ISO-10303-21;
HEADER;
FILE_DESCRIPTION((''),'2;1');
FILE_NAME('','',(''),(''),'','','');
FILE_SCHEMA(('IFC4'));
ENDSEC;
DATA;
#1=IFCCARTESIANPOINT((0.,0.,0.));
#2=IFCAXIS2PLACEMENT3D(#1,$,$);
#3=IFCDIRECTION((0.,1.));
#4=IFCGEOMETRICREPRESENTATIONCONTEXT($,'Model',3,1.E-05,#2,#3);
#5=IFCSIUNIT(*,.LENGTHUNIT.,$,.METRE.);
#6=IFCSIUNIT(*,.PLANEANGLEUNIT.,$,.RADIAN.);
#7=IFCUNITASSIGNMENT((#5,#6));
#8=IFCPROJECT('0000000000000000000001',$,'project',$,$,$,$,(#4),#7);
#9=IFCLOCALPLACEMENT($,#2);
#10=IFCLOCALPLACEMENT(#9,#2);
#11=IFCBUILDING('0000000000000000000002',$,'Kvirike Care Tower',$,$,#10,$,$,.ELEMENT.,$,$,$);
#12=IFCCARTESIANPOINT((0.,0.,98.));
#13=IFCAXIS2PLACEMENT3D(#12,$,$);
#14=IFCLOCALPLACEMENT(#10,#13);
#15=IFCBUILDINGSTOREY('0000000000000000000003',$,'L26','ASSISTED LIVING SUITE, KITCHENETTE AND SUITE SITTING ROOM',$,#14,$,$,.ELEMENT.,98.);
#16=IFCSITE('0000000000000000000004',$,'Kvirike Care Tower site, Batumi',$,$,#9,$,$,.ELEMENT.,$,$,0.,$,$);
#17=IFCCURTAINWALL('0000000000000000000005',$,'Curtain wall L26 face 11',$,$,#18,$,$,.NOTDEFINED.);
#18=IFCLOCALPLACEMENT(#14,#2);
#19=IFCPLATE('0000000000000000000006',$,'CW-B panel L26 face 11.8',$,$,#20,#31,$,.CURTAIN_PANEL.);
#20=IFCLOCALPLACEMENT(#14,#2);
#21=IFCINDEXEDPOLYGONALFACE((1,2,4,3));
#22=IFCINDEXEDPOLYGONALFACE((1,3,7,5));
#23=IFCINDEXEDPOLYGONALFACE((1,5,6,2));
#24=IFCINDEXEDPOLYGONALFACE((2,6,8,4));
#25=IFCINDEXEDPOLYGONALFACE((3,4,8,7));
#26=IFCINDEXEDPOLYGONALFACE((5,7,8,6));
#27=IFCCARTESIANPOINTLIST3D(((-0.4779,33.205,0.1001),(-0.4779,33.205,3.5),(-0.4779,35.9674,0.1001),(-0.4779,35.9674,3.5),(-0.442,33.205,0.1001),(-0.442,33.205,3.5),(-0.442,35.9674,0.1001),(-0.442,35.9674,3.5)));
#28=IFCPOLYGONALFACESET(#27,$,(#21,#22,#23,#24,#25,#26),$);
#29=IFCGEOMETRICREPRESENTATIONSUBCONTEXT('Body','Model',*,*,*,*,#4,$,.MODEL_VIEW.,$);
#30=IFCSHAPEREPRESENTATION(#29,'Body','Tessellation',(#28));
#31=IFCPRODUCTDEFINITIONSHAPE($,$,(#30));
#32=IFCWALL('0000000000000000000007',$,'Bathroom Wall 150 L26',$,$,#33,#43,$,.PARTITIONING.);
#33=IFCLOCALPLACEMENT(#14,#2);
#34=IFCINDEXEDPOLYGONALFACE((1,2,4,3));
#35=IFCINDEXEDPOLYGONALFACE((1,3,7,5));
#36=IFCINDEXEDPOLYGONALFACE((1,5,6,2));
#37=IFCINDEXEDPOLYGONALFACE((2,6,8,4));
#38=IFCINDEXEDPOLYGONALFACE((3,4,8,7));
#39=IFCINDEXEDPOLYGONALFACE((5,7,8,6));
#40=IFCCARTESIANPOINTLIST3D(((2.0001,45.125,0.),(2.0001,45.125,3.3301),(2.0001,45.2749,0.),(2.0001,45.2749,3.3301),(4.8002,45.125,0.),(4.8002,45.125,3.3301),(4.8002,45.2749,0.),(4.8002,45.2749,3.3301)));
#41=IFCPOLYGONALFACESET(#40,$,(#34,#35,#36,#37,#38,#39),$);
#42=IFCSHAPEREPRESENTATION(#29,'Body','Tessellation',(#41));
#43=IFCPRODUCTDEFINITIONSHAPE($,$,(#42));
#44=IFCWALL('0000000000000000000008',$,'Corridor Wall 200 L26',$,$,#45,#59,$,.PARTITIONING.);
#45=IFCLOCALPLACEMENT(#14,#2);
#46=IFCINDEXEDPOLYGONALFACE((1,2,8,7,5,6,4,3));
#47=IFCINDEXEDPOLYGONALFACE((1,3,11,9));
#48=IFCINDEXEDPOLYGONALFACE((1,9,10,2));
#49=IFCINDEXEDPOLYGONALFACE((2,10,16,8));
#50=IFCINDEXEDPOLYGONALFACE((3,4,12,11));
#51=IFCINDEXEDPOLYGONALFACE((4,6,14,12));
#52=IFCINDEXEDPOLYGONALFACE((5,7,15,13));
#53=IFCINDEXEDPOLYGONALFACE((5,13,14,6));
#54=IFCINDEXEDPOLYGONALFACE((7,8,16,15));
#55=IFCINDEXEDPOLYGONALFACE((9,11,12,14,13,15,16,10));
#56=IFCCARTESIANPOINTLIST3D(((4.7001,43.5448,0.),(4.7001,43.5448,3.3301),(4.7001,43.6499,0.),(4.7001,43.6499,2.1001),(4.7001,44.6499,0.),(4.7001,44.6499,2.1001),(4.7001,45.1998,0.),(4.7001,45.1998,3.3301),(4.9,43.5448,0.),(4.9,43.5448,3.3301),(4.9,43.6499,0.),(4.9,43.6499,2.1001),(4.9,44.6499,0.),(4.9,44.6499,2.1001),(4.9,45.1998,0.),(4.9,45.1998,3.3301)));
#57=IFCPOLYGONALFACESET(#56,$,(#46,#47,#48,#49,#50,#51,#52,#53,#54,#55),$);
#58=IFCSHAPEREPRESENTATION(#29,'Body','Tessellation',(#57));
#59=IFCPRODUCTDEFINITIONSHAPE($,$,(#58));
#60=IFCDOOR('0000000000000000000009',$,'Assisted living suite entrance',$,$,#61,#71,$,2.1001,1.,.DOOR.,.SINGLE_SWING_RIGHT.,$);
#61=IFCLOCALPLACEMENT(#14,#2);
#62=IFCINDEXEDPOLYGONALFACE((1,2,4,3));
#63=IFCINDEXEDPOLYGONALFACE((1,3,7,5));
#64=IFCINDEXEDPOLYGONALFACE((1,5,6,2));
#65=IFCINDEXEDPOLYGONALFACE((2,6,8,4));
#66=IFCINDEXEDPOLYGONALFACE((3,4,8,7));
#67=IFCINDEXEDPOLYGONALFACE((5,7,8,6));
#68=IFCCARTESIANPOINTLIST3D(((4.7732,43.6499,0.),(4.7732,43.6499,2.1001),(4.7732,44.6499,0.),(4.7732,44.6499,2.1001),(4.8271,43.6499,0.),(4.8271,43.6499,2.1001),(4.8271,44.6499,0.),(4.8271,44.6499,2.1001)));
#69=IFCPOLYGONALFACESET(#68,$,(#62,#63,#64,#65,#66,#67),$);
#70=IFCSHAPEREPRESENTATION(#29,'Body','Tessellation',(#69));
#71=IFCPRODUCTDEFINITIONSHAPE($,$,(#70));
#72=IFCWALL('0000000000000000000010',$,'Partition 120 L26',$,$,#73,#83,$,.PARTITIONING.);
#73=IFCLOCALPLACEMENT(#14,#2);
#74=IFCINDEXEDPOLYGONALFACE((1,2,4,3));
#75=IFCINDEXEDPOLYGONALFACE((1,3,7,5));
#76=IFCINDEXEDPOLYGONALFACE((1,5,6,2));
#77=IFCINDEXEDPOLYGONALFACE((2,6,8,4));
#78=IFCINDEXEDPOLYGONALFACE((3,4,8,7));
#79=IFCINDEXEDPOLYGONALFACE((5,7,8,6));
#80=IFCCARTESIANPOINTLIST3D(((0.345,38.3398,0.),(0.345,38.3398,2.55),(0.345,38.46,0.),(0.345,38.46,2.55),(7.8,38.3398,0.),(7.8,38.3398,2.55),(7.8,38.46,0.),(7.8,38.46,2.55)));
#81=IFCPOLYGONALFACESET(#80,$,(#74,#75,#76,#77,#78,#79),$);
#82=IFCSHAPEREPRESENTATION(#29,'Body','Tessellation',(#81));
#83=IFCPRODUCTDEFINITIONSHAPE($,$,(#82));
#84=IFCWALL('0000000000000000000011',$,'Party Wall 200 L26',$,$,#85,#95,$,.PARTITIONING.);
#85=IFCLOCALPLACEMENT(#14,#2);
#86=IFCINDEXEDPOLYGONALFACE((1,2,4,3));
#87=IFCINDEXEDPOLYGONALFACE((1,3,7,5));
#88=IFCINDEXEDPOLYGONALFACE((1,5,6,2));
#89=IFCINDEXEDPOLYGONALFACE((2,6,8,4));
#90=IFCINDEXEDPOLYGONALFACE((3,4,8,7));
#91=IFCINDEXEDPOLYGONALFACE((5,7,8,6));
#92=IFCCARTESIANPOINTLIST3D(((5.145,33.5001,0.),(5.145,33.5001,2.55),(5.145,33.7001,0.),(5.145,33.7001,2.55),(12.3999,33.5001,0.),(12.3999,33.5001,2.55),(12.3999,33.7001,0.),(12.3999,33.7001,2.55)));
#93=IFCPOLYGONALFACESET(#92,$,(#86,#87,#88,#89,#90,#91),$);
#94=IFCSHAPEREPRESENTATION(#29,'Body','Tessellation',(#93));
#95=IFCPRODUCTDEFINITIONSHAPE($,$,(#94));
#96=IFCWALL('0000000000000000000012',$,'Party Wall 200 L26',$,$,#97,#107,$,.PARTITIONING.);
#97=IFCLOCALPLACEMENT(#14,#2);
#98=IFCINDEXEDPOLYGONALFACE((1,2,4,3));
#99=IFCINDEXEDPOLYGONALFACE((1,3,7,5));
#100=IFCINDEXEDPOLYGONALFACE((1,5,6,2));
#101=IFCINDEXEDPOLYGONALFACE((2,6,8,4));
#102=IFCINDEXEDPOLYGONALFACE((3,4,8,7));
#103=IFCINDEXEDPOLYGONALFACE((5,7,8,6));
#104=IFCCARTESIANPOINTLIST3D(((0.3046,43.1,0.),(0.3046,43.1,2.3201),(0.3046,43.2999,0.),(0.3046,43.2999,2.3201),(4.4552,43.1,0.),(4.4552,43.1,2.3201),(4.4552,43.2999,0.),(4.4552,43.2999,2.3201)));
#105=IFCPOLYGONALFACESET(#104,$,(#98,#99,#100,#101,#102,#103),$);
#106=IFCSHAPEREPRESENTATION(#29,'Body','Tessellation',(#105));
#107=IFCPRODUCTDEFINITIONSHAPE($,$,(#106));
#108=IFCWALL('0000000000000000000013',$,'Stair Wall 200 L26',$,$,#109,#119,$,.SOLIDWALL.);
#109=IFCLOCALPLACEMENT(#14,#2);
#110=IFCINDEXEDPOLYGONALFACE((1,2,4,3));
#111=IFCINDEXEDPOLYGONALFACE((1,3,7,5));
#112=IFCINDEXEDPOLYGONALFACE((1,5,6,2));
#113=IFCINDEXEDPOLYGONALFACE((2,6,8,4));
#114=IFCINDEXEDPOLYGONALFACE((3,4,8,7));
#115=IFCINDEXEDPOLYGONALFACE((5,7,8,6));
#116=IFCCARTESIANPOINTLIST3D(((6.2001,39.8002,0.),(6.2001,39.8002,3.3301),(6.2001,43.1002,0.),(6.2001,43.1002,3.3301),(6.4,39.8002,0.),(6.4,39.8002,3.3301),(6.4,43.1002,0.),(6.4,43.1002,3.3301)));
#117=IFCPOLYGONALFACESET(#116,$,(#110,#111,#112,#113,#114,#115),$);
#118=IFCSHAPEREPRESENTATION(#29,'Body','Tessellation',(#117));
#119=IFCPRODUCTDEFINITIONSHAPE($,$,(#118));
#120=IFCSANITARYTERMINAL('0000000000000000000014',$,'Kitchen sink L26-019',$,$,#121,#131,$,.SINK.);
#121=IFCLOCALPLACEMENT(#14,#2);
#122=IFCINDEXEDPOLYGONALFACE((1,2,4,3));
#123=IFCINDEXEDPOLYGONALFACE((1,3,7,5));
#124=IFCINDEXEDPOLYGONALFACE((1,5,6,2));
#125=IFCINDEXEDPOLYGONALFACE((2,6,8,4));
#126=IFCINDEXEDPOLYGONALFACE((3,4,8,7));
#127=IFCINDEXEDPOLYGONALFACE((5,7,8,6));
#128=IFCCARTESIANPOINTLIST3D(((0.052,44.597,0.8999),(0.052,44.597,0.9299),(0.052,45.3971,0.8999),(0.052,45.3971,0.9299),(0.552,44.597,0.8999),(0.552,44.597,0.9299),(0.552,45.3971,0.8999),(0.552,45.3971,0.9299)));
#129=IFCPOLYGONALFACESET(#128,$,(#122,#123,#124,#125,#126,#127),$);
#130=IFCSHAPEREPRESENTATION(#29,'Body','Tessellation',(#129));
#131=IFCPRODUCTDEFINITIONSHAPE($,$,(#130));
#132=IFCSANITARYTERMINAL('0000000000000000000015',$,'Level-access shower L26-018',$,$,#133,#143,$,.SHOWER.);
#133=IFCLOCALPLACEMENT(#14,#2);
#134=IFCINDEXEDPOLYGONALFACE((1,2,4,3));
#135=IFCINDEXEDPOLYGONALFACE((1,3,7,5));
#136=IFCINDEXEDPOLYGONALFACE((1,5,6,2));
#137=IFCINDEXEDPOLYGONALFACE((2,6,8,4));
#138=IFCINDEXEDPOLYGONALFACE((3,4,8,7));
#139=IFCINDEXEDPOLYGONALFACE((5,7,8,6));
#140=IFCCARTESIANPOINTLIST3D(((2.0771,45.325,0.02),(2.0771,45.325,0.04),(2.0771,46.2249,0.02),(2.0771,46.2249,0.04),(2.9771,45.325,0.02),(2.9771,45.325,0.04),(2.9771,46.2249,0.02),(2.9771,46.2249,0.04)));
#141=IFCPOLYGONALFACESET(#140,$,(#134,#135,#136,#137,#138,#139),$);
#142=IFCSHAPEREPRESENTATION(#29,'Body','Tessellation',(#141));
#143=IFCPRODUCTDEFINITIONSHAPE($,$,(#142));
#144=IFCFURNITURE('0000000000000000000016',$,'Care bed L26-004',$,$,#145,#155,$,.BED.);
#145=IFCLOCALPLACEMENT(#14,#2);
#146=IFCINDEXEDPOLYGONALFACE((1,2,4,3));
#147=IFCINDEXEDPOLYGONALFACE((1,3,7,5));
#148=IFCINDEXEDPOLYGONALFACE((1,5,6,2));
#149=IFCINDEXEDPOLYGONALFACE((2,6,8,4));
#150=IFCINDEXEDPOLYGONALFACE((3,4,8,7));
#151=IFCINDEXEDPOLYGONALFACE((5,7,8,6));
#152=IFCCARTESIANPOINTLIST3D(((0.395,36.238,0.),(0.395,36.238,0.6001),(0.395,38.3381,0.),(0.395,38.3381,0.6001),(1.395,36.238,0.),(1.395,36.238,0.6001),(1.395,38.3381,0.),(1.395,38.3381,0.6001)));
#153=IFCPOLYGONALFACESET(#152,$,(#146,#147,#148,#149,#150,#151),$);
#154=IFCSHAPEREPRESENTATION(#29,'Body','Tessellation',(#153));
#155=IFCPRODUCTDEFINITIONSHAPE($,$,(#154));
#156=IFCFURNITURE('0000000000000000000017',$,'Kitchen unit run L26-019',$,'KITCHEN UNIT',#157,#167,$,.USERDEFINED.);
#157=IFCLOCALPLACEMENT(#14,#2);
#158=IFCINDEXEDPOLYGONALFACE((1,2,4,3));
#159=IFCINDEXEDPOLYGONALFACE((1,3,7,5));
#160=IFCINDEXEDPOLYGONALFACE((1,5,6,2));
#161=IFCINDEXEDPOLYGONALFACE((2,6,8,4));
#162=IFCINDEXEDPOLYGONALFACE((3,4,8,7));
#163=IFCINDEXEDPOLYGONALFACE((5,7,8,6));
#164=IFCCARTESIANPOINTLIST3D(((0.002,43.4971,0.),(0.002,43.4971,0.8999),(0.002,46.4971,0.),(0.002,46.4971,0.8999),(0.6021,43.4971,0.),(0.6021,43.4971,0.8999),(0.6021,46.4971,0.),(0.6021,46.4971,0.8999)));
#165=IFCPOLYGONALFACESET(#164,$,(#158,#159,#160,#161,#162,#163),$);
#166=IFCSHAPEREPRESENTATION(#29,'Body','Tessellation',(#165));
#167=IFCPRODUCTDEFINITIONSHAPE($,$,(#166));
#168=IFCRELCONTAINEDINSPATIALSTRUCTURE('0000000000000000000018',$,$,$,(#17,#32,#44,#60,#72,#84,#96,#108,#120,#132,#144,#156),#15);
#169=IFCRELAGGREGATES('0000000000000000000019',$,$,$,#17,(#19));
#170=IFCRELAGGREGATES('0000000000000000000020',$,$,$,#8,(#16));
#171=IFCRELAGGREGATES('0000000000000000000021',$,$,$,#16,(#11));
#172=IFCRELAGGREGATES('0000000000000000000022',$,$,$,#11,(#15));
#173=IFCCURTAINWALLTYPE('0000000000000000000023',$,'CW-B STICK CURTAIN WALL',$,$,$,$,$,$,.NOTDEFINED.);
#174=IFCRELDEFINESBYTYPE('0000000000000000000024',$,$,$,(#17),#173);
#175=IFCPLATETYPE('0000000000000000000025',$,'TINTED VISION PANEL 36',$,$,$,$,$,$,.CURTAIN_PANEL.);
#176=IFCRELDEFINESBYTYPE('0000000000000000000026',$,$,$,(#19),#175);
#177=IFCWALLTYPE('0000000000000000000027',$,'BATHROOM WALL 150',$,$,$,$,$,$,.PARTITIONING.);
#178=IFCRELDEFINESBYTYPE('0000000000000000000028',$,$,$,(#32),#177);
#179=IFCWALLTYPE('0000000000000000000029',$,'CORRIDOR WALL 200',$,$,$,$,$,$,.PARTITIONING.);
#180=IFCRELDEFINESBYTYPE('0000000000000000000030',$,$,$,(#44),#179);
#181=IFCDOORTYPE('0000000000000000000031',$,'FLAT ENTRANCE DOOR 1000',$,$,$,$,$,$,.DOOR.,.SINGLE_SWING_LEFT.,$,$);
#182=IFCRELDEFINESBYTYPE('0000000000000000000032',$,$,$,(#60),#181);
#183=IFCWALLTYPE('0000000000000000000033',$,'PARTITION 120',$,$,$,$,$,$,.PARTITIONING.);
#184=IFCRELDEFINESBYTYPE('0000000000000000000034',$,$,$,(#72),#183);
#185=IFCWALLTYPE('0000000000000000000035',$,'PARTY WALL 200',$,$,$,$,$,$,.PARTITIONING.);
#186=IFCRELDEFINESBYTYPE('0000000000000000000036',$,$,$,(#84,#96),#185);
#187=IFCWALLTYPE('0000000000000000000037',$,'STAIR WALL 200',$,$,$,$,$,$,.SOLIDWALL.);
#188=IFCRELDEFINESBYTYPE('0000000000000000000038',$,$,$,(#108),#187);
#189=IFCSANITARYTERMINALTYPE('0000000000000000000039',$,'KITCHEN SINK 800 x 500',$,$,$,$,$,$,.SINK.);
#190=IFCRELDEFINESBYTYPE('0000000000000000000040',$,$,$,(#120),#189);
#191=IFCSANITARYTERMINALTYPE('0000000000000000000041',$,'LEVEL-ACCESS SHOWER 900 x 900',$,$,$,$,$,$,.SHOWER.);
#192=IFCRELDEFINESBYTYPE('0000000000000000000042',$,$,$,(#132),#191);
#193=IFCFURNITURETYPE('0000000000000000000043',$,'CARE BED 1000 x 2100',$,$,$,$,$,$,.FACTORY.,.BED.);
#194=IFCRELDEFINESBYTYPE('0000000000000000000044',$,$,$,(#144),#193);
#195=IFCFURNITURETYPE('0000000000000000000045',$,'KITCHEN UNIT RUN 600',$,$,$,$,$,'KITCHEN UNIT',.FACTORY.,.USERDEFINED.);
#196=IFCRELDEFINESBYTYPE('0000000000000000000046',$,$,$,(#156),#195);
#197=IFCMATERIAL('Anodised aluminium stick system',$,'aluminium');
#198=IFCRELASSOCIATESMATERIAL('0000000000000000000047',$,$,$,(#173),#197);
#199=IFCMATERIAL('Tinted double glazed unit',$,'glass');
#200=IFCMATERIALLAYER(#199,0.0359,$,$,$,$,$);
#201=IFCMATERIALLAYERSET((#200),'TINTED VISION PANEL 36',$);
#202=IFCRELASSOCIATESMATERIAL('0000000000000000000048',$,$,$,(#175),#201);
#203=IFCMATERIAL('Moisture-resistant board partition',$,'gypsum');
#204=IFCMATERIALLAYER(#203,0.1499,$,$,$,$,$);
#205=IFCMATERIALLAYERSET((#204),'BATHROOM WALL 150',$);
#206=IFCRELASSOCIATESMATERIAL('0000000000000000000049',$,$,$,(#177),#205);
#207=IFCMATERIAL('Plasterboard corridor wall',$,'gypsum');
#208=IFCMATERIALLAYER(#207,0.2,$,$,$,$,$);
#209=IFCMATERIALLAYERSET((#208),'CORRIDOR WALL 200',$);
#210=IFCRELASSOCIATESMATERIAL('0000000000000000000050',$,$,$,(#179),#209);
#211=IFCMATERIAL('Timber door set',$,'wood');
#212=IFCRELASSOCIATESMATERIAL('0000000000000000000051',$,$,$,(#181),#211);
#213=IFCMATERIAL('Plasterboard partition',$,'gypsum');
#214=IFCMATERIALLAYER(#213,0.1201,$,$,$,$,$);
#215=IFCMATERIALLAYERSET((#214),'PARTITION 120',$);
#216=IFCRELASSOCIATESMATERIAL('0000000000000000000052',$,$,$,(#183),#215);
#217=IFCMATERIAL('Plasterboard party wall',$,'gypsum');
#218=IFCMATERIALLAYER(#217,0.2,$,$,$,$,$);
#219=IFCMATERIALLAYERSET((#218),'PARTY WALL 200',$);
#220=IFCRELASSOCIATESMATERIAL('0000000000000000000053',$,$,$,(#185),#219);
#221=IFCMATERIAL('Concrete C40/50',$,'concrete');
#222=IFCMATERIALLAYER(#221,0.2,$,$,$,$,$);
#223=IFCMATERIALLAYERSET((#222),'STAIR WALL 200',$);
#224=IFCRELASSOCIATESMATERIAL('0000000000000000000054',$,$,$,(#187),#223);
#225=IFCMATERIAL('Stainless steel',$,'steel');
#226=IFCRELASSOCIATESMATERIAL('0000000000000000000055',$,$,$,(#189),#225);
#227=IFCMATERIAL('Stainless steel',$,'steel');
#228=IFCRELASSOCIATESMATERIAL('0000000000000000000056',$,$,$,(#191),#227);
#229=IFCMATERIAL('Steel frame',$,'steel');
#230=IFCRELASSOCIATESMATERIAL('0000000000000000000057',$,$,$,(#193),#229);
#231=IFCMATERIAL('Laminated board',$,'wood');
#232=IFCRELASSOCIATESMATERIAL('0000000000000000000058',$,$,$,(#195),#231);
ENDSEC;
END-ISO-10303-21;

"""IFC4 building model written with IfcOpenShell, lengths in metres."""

from ifc_helpers import new_model, si_unit, direction, frame, frame_2d, origin, origin_2d, place, context, subcontext, project, spatial, rectangle, extrude, material, layer, layer_set, type_object, element, fill, aggregate, save


model = new_model("IFC4")

# Units and contexts
model_context = context("Model", 3, precision=1e-05, world=origin(), true_north=direction((0.0, 1.0)))
body_context = subcontext(model_context, "Body", "Model", "MODEL_VIEW")
ifc_project = project(units=[si_unit("LENGTHUNIT", "METRE"), si_unit("PLANEANGLEUNIT", "RADIAN")], contexts=[model_context])

# Site, building, storey
site_placement = place(None, origin())
site = spatial("IfcSite", under=ifc_project, at=site_placement, Name="Kvirike Care Tower site, Batumi", CompositionType="ELEMENT", RefElevation=0.0)
building_placement = place(site_placement, origin())
building = spatial("IfcBuilding", under=site, at=building_placement, Name="Kvirike Care Tower", CompositionType="ELEMENT")
storey_placement = place(building_placement, frame((0.0, 0.0, 98.0)))
storey = spatial("IfcBuildingStorey", under=building, at=storey_placement, Name="L26", Description="ASSISTED LIVING SUITE, KITCHENETTE AND SUITE SITTING ROOM", CompositionType="ELEMENT", Elevation=98.0)

# Curtain wall
ifc_material_1 = material(Name="Anodised aluminium stick system", Category="aluminium")
curtain_wall_type = type_object("IfcCurtainWallType", Name="CW-B STICK CURTAIN WALL", PredefinedType="NOTDEFINED", material=ifc_material_1)
curtain_wall_placement = place(storey_placement, origin())
curtain_wall = element("IfcCurtainWall", 1, at=curtain_wall_placement, inside=storey, type_object=curtain_wall_type, Name="Curtain wall L26 face 11", PredefinedType="NOTDEFINED")

# Plate
ifc_material_2 = material(Name="Tinted double glazed unit", Category="glass")
ifc_layer_1 = layer(ifc_material_2, 0.0359)
ifc_layer_set_1 = layer_set([ifc_layer_1], Name="TINTED VISION PANEL 36")
plate_type = type_object("IfcPlateType", Name="TINTED VISION PANEL 36", PredefinedType="CURTAIN_PANEL", material=ifc_layer_set_1)
plate_1_placement = place(storey_placement, frame((-0.46, 34.5862, 0.1001), z_axis=(0.0, 0.0, 1.0), x_axis=(0.0, -1.0, 0.0)))
plate_1 = element("IfcPlate", 2, at=plate_1_placement, type_object=plate_type, Name="CW-B panel L26 face 11.8", PredefinedType="CURTAIN_PANEL", context=body_context, shape_type="SweptSolid", body=[
    extrude(rectangle(XDim=2.7625, YDim=0.0359, at=origin_2d()), origin(), (0.0, 0.0, 1.0), 3.3999),
])
aggregate(curtain_wall, [plate_1])

# Wall
ifc_material_3 = material(Name="Moisture-resistant board partition", Category="gypsum")
ifc_layer_2 = layer(ifc_material_3, 0.1499)
ifc_layer_set_2 = layer_set([ifc_layer_2], Name="BATHROOM WALL 150")
wall_type_1 = type_object("IfcWallType", Name="BATHROOM WALL 150", PredefinedType="PARTITIONING", material=ifc_layer_set_2)
wall_1_placement = place(storey_placement, frame((4.8, 45.2, 0.0), z_axis=(0.0, 0.0, 1.0), x_axis=(-1.0, 0.0, 0.0)))
element("IfcWall", 3, at=wall_1_placement, inside=storey, type_object=wall_type_1, Name="Bathroom Wall 150 L26", PredefinedType="PARTITIONING", context=body_context, shape_type="SweptSolid", body=[
    extrude(rectangle(XDim=2.8, YDim=0.1499, at=frame_2d((1.3999, 0.0))), origin(), (0.0, 0.0, 1.0), 3.3301),
])

# Wall, opening, door
ifc_material_4 = material(Name="Plasterboard corridor wall", Category="gypsum")
ifc_layer_3 = layer(ifc_material_4, 0.2)
ifc_layer_set_3 = layer_set([ifc_layer_3], Name="CORRIDOR WALL 200")
wall_type_2 = type_object("IfcWallType", Name="CORRIDOR WALL 200", PredefinedType="PARTITIONING", material=ifc_layer_set_3)
wall_2_placement = place(storey_placement, frame((4.8, 45.2, 0.0), z_axis=(0.0, 0.0, 1.0), x_axis=(0.0, -1.0, 0.0)))
wall_2 = element("IfcWall", 4, at=wall_2_placement, inside=storey, type_object=wall_type_2, Name="Corridor Wall 200 L26", PredefinedType="PARTITIONING", context=body_context, shape_type="SweptSolid", body=[
    extrude(rectangle(XDim=1.655, YDim=0.2, at=frame_2d((0.8276, 0.0))), origin(), (0.0, 0.0, 1.0), 3.3301),
])
opening_placement = place(wall_2_placement, frame((0.55, 0.0, 0.0)))
opening = element("IfcOpeningElement", 5, at=opening_placement, cuts=wall_2, PredefinedType="OPENING", context=body_context, shape_type="SweptSolid", body=[
    extrude(rectangle(XDim=1.0, YDim=2.1001, at=frame_2d((0.5, 1.05))), frame((0.0, 0.1106, 0.0), z_axis=(0.0, -1.0, 0.0), x_axis=(1.0, 0.0, 0.0)), (0.0, 0.0, 1.0), 0.2209),
])
ifc_material_5 = material(Name="Timber door set", Category="wood")
door_type = type_object("IfcDoorType", Name="FLAT ENTRANCE DOOR 1000", OperationType="SINGLE_SWING_LEFT", PredefinedType="DOOR", material=ifc_material_5)
door_placement = place(opening_placement, frame((1.0, 0.0, 0.0), z_axis=(0.0, 0.0, 1.0), x_axis=(-1.0, 0.0, 0.0)))
door = element("IfcDoor", 6, at=door_placement, inside=storey, type_object=door_type, Name="Assisted living suite entrance", OperationType="SINGLE_SWING_RIGHT", OverallHeight=2.1001, OverallWidth=1.0, PredefinedType="DOOR", context=body_context, shape_type="SweptSolid", body=[
    extrude(rectangle(XDim=1.0, YDim=2.1001, at=frame_2d((0.5, 1.05))), frame((0.0, 0.0269, 0.0), z_axis=(0.0, -1.0, 0.0), x_axis=(1.0, 0.0, 0.0)), (0.0, 0.0, 1.0), 0.054),
])
fill(opening, door)

# Walls
ifc_material_6 = material(Name="Plasterboard partition", Category="gypsum")
ifc_layer_4 = layer(ifc_material_6, 0.1201)
ifc_layer_set_4 = layer_set([ifc_layer_4], Name="PARTITION 120")
wall_type_3 = type_object("IfcWallType", Name="PARTITION 120", PredefinedType="PARTITIONING", material=ifc_layer_set_4)
wall_3_placement = place(storey_placement, frame((0.345, 38.3999, 0.0), z_axis=(0.0, 0.0, 1.0), x_axis=(1.0, 0.0, 0.0)))
element("IfcWall", 7, at=wall_3_placement, inside=storey, type_object=wall_type_3, Name="Partition 120 L26", PredefinedType="PARTITIONING", context=body_context, shape_type="SweptSolid", body=[
    extrude(rectangle(XDim=7.4551, YDim=0.1201, at=frame_2d((3.7275, 0.0))), origin(), (0.0, 0.0, 1.0), 2.55),
])
ifc_material_7 = material(Name="Plasterboard party wall", Category="gypsum")
ifc_layer_5 = layer(ifc_material_7, 0.2)
ifc_layer_set_5 = layer_set([ifc_layer_5], Name="PARTY WALL 200")
wall_type_4 = type_object("IfcWallType", Name="PARTY WALL 200", PredefinedType="PARTITIONING", material=ifc_layer_set_5)
wall_4_placement = place(storey_placement, frame((5.145, 33.6001, 0.0), z_axis=(0.0, 0.0, 1.0), x_axis=(1.0, 0.0, 0.0)))
element("IfcWall", 8, at=wall_4_placement, inside=storey, type_object=wall_type_4, Name="Party Wall 200 L26", PredefinedType="PARTITIONING", context=body_context, shape_type="SweptSolid", body=[
    extrude(rectangle(XDim=7.2549, YDim=0.2, at=frame_2d((3.6274, 0.0))), origin(), (0.0, 0.0, 1.0), 2.55),
])
wall_5_placement = place(storey_placement, frame((4.4551, 43.2, 0.0), z_axis=(0.0, 0.0, 1.0), x_axis=(-1.0, 0.0, 0.0)))
element("IfcWall", 9, at=wall_5_placement, inside=storey, type_object=wall_type_4, Name="Party Wall 200 L26", PredefinedType="PARTITIONING", context=body_context, shape_type="SweptSolid", body=[
    extrude(rectangle(XDim=4.1506, YDim=0.2, at=frame_2d((2.0752, 0.0))), origin(), (0.0, 0.0, 1.0), 2.3201),
])
ifc_material_8 = material(Name="Concrete C40/50", Category="concrete")
ifc_layer_6 = layer(ifc_material_8, 0.2)
ifc_layer_set_6 = layer_set([ifc_layer_6], Name="STAIR WALL 200")
wall_type_5 = type_object("IfcWallType", Name="STAIR WALL 200", PredefinedType="SOLIDWALL", material=ifc_layer_set_6)
wall_6_placement = place(storey_placement, frame((6.3, 43.1001, 0.0), z_axis=(0.0, 0.0, 1.0), x_axis=(0.0, -1.0, 0.0)))
element("IfcWall", 10, at=wall_6_placement, inside=storey, type_object=wall_type_5, Name="Stair Wall 200 L26", PredefinedType="SOLIDWALL", context=body_context, shape_type="SweptSolid", body=[
    extrude(rectangle(XDim=3.3, YDim=0.2, at=frame_2d((1.6499, 0.0))), origin(), (0.0, 0.0, 1.0), 3.3301),
])

# Sanitary terminals
ifc_material_9 = material(Name="Stainless steel", Category="steel")
sanitary_terminal_type_1 = type_object("IfcSanitaryTerminalType", Name="KITCHEN SINK 800 x 500", PredefinedType="SINK", material=ifc_material_9)
sanitary_terminal_1_placement = place(storey_placement, frame((0.302, 44.9971, 0.8999), z_axis=(0.0, 0.0, 1.0), x_axis=(0.0, 1.0, 0.0)))
element("IfcSanitaryTerminal", 11, at=sanitary_terminal_1_placement, inside=storey, type_object=sanitary_terminal_type_1, Name="Kitchen sink L26-019", PredefinedType="SINK", context=body_context, shape_type="SweptSolid", body=[
    extrude(rectangle(XDim=0.8, YDim=0.5, at=origin_2d()), origin(), (0.0, 0.0, 1.0), 0.03),
])
ifc_material_10 = material(Name="Stainless steel", Category="steel")
sanitary_terminal_type_2 = type_object("IfcSanitaryTerminalType", Name="LEVEL-ACCESS SHOWER 900 x 900", PredefinedType="SHOWER", material=ifc_material_10)
sanitary_terminal_2_placement = place(storey_placement, frame((2.5271, 45.7749, 0.02), z_axis=(0.0, 0.0, 1.0), x_axis=(0.0, 1.0, 0.0)))
element("IfcSanitaryTerminal", 12, at=sanitary_terminal_2_placement, inside=storey, type_object=sanitary_terminal_type_2, Name="Level-access shower L26-018", PredefinedType="SHOWER", context=body_context, shape_type="SweptSolid", body=[
    extrude(rectangle(XDim=0.8999, YDim=0.8999, at=origin_2d()), origin(), (0.0, 0.0, 1.0), 0.02),
])

# Furniture
ifc_material_11 = material(Name="Steel frame", Category="steel")
furniture_type_1 = type_object("IfcFurnitureType", Name="CARE BED 1000 x 2100", AssemblyPlace="FACTORY", PredefinedType="BED", material=ifc_material_11)
furniture_1_placement = place(storey_placement, frame((0.895, 37.2881, 0.0), z_axis=(0.0, 0.0, 1.0), x_axis=(1.0, 0.0, 0.0)))
element("IfcFurniture", 13, at=furniture_1_placement, inside=storey, type_object=furniture_type_1, Name="Care bed L26-004", PredefinedType="BED", context=body_context, shape_type="SweptSolid", body=[
    extrude(rectangle(XDim=1.0, YDim=2.1001, at=origin_2d()), origin(), (0.0, 0.0, 1.0), 0.6001),
])
ifc_material_12 = material(Name="Laminated board", Category="wood")
furniture_type_2 = type_object("IfcFurnitureType", Name="KITCHEN UNIT RUN 600", ElementType="KITCHEN UNIT", AssemblyPlace="FACTORY", PredefinedType="USERDEFINED", material=ifc_material_12)
furniture_2_placement = place(storey_placement, frame((0.302, 44.9971, 0.0), z_axis=(0.0, 0.0, 1.0), x_axis=(0.0, 1.0, 0.0)))
element("IfcFurniture", 14, at=furniture_2_placement, inside=storey, type_object=furniture_type_2, Name="Kitchen unit run L26-019", ObjectType="KITCHEN UNIT", PredefinedType="USERDEFINED", context=body_context, shape_type="SweptSolid", body=[
    extrude(rectangle(XDim=3.0, YDim=0.6001, at=origin_2d()), origin(), (0.0, 0.0, 1.0), 0.8999),
])

save(model, "model.ifc")
